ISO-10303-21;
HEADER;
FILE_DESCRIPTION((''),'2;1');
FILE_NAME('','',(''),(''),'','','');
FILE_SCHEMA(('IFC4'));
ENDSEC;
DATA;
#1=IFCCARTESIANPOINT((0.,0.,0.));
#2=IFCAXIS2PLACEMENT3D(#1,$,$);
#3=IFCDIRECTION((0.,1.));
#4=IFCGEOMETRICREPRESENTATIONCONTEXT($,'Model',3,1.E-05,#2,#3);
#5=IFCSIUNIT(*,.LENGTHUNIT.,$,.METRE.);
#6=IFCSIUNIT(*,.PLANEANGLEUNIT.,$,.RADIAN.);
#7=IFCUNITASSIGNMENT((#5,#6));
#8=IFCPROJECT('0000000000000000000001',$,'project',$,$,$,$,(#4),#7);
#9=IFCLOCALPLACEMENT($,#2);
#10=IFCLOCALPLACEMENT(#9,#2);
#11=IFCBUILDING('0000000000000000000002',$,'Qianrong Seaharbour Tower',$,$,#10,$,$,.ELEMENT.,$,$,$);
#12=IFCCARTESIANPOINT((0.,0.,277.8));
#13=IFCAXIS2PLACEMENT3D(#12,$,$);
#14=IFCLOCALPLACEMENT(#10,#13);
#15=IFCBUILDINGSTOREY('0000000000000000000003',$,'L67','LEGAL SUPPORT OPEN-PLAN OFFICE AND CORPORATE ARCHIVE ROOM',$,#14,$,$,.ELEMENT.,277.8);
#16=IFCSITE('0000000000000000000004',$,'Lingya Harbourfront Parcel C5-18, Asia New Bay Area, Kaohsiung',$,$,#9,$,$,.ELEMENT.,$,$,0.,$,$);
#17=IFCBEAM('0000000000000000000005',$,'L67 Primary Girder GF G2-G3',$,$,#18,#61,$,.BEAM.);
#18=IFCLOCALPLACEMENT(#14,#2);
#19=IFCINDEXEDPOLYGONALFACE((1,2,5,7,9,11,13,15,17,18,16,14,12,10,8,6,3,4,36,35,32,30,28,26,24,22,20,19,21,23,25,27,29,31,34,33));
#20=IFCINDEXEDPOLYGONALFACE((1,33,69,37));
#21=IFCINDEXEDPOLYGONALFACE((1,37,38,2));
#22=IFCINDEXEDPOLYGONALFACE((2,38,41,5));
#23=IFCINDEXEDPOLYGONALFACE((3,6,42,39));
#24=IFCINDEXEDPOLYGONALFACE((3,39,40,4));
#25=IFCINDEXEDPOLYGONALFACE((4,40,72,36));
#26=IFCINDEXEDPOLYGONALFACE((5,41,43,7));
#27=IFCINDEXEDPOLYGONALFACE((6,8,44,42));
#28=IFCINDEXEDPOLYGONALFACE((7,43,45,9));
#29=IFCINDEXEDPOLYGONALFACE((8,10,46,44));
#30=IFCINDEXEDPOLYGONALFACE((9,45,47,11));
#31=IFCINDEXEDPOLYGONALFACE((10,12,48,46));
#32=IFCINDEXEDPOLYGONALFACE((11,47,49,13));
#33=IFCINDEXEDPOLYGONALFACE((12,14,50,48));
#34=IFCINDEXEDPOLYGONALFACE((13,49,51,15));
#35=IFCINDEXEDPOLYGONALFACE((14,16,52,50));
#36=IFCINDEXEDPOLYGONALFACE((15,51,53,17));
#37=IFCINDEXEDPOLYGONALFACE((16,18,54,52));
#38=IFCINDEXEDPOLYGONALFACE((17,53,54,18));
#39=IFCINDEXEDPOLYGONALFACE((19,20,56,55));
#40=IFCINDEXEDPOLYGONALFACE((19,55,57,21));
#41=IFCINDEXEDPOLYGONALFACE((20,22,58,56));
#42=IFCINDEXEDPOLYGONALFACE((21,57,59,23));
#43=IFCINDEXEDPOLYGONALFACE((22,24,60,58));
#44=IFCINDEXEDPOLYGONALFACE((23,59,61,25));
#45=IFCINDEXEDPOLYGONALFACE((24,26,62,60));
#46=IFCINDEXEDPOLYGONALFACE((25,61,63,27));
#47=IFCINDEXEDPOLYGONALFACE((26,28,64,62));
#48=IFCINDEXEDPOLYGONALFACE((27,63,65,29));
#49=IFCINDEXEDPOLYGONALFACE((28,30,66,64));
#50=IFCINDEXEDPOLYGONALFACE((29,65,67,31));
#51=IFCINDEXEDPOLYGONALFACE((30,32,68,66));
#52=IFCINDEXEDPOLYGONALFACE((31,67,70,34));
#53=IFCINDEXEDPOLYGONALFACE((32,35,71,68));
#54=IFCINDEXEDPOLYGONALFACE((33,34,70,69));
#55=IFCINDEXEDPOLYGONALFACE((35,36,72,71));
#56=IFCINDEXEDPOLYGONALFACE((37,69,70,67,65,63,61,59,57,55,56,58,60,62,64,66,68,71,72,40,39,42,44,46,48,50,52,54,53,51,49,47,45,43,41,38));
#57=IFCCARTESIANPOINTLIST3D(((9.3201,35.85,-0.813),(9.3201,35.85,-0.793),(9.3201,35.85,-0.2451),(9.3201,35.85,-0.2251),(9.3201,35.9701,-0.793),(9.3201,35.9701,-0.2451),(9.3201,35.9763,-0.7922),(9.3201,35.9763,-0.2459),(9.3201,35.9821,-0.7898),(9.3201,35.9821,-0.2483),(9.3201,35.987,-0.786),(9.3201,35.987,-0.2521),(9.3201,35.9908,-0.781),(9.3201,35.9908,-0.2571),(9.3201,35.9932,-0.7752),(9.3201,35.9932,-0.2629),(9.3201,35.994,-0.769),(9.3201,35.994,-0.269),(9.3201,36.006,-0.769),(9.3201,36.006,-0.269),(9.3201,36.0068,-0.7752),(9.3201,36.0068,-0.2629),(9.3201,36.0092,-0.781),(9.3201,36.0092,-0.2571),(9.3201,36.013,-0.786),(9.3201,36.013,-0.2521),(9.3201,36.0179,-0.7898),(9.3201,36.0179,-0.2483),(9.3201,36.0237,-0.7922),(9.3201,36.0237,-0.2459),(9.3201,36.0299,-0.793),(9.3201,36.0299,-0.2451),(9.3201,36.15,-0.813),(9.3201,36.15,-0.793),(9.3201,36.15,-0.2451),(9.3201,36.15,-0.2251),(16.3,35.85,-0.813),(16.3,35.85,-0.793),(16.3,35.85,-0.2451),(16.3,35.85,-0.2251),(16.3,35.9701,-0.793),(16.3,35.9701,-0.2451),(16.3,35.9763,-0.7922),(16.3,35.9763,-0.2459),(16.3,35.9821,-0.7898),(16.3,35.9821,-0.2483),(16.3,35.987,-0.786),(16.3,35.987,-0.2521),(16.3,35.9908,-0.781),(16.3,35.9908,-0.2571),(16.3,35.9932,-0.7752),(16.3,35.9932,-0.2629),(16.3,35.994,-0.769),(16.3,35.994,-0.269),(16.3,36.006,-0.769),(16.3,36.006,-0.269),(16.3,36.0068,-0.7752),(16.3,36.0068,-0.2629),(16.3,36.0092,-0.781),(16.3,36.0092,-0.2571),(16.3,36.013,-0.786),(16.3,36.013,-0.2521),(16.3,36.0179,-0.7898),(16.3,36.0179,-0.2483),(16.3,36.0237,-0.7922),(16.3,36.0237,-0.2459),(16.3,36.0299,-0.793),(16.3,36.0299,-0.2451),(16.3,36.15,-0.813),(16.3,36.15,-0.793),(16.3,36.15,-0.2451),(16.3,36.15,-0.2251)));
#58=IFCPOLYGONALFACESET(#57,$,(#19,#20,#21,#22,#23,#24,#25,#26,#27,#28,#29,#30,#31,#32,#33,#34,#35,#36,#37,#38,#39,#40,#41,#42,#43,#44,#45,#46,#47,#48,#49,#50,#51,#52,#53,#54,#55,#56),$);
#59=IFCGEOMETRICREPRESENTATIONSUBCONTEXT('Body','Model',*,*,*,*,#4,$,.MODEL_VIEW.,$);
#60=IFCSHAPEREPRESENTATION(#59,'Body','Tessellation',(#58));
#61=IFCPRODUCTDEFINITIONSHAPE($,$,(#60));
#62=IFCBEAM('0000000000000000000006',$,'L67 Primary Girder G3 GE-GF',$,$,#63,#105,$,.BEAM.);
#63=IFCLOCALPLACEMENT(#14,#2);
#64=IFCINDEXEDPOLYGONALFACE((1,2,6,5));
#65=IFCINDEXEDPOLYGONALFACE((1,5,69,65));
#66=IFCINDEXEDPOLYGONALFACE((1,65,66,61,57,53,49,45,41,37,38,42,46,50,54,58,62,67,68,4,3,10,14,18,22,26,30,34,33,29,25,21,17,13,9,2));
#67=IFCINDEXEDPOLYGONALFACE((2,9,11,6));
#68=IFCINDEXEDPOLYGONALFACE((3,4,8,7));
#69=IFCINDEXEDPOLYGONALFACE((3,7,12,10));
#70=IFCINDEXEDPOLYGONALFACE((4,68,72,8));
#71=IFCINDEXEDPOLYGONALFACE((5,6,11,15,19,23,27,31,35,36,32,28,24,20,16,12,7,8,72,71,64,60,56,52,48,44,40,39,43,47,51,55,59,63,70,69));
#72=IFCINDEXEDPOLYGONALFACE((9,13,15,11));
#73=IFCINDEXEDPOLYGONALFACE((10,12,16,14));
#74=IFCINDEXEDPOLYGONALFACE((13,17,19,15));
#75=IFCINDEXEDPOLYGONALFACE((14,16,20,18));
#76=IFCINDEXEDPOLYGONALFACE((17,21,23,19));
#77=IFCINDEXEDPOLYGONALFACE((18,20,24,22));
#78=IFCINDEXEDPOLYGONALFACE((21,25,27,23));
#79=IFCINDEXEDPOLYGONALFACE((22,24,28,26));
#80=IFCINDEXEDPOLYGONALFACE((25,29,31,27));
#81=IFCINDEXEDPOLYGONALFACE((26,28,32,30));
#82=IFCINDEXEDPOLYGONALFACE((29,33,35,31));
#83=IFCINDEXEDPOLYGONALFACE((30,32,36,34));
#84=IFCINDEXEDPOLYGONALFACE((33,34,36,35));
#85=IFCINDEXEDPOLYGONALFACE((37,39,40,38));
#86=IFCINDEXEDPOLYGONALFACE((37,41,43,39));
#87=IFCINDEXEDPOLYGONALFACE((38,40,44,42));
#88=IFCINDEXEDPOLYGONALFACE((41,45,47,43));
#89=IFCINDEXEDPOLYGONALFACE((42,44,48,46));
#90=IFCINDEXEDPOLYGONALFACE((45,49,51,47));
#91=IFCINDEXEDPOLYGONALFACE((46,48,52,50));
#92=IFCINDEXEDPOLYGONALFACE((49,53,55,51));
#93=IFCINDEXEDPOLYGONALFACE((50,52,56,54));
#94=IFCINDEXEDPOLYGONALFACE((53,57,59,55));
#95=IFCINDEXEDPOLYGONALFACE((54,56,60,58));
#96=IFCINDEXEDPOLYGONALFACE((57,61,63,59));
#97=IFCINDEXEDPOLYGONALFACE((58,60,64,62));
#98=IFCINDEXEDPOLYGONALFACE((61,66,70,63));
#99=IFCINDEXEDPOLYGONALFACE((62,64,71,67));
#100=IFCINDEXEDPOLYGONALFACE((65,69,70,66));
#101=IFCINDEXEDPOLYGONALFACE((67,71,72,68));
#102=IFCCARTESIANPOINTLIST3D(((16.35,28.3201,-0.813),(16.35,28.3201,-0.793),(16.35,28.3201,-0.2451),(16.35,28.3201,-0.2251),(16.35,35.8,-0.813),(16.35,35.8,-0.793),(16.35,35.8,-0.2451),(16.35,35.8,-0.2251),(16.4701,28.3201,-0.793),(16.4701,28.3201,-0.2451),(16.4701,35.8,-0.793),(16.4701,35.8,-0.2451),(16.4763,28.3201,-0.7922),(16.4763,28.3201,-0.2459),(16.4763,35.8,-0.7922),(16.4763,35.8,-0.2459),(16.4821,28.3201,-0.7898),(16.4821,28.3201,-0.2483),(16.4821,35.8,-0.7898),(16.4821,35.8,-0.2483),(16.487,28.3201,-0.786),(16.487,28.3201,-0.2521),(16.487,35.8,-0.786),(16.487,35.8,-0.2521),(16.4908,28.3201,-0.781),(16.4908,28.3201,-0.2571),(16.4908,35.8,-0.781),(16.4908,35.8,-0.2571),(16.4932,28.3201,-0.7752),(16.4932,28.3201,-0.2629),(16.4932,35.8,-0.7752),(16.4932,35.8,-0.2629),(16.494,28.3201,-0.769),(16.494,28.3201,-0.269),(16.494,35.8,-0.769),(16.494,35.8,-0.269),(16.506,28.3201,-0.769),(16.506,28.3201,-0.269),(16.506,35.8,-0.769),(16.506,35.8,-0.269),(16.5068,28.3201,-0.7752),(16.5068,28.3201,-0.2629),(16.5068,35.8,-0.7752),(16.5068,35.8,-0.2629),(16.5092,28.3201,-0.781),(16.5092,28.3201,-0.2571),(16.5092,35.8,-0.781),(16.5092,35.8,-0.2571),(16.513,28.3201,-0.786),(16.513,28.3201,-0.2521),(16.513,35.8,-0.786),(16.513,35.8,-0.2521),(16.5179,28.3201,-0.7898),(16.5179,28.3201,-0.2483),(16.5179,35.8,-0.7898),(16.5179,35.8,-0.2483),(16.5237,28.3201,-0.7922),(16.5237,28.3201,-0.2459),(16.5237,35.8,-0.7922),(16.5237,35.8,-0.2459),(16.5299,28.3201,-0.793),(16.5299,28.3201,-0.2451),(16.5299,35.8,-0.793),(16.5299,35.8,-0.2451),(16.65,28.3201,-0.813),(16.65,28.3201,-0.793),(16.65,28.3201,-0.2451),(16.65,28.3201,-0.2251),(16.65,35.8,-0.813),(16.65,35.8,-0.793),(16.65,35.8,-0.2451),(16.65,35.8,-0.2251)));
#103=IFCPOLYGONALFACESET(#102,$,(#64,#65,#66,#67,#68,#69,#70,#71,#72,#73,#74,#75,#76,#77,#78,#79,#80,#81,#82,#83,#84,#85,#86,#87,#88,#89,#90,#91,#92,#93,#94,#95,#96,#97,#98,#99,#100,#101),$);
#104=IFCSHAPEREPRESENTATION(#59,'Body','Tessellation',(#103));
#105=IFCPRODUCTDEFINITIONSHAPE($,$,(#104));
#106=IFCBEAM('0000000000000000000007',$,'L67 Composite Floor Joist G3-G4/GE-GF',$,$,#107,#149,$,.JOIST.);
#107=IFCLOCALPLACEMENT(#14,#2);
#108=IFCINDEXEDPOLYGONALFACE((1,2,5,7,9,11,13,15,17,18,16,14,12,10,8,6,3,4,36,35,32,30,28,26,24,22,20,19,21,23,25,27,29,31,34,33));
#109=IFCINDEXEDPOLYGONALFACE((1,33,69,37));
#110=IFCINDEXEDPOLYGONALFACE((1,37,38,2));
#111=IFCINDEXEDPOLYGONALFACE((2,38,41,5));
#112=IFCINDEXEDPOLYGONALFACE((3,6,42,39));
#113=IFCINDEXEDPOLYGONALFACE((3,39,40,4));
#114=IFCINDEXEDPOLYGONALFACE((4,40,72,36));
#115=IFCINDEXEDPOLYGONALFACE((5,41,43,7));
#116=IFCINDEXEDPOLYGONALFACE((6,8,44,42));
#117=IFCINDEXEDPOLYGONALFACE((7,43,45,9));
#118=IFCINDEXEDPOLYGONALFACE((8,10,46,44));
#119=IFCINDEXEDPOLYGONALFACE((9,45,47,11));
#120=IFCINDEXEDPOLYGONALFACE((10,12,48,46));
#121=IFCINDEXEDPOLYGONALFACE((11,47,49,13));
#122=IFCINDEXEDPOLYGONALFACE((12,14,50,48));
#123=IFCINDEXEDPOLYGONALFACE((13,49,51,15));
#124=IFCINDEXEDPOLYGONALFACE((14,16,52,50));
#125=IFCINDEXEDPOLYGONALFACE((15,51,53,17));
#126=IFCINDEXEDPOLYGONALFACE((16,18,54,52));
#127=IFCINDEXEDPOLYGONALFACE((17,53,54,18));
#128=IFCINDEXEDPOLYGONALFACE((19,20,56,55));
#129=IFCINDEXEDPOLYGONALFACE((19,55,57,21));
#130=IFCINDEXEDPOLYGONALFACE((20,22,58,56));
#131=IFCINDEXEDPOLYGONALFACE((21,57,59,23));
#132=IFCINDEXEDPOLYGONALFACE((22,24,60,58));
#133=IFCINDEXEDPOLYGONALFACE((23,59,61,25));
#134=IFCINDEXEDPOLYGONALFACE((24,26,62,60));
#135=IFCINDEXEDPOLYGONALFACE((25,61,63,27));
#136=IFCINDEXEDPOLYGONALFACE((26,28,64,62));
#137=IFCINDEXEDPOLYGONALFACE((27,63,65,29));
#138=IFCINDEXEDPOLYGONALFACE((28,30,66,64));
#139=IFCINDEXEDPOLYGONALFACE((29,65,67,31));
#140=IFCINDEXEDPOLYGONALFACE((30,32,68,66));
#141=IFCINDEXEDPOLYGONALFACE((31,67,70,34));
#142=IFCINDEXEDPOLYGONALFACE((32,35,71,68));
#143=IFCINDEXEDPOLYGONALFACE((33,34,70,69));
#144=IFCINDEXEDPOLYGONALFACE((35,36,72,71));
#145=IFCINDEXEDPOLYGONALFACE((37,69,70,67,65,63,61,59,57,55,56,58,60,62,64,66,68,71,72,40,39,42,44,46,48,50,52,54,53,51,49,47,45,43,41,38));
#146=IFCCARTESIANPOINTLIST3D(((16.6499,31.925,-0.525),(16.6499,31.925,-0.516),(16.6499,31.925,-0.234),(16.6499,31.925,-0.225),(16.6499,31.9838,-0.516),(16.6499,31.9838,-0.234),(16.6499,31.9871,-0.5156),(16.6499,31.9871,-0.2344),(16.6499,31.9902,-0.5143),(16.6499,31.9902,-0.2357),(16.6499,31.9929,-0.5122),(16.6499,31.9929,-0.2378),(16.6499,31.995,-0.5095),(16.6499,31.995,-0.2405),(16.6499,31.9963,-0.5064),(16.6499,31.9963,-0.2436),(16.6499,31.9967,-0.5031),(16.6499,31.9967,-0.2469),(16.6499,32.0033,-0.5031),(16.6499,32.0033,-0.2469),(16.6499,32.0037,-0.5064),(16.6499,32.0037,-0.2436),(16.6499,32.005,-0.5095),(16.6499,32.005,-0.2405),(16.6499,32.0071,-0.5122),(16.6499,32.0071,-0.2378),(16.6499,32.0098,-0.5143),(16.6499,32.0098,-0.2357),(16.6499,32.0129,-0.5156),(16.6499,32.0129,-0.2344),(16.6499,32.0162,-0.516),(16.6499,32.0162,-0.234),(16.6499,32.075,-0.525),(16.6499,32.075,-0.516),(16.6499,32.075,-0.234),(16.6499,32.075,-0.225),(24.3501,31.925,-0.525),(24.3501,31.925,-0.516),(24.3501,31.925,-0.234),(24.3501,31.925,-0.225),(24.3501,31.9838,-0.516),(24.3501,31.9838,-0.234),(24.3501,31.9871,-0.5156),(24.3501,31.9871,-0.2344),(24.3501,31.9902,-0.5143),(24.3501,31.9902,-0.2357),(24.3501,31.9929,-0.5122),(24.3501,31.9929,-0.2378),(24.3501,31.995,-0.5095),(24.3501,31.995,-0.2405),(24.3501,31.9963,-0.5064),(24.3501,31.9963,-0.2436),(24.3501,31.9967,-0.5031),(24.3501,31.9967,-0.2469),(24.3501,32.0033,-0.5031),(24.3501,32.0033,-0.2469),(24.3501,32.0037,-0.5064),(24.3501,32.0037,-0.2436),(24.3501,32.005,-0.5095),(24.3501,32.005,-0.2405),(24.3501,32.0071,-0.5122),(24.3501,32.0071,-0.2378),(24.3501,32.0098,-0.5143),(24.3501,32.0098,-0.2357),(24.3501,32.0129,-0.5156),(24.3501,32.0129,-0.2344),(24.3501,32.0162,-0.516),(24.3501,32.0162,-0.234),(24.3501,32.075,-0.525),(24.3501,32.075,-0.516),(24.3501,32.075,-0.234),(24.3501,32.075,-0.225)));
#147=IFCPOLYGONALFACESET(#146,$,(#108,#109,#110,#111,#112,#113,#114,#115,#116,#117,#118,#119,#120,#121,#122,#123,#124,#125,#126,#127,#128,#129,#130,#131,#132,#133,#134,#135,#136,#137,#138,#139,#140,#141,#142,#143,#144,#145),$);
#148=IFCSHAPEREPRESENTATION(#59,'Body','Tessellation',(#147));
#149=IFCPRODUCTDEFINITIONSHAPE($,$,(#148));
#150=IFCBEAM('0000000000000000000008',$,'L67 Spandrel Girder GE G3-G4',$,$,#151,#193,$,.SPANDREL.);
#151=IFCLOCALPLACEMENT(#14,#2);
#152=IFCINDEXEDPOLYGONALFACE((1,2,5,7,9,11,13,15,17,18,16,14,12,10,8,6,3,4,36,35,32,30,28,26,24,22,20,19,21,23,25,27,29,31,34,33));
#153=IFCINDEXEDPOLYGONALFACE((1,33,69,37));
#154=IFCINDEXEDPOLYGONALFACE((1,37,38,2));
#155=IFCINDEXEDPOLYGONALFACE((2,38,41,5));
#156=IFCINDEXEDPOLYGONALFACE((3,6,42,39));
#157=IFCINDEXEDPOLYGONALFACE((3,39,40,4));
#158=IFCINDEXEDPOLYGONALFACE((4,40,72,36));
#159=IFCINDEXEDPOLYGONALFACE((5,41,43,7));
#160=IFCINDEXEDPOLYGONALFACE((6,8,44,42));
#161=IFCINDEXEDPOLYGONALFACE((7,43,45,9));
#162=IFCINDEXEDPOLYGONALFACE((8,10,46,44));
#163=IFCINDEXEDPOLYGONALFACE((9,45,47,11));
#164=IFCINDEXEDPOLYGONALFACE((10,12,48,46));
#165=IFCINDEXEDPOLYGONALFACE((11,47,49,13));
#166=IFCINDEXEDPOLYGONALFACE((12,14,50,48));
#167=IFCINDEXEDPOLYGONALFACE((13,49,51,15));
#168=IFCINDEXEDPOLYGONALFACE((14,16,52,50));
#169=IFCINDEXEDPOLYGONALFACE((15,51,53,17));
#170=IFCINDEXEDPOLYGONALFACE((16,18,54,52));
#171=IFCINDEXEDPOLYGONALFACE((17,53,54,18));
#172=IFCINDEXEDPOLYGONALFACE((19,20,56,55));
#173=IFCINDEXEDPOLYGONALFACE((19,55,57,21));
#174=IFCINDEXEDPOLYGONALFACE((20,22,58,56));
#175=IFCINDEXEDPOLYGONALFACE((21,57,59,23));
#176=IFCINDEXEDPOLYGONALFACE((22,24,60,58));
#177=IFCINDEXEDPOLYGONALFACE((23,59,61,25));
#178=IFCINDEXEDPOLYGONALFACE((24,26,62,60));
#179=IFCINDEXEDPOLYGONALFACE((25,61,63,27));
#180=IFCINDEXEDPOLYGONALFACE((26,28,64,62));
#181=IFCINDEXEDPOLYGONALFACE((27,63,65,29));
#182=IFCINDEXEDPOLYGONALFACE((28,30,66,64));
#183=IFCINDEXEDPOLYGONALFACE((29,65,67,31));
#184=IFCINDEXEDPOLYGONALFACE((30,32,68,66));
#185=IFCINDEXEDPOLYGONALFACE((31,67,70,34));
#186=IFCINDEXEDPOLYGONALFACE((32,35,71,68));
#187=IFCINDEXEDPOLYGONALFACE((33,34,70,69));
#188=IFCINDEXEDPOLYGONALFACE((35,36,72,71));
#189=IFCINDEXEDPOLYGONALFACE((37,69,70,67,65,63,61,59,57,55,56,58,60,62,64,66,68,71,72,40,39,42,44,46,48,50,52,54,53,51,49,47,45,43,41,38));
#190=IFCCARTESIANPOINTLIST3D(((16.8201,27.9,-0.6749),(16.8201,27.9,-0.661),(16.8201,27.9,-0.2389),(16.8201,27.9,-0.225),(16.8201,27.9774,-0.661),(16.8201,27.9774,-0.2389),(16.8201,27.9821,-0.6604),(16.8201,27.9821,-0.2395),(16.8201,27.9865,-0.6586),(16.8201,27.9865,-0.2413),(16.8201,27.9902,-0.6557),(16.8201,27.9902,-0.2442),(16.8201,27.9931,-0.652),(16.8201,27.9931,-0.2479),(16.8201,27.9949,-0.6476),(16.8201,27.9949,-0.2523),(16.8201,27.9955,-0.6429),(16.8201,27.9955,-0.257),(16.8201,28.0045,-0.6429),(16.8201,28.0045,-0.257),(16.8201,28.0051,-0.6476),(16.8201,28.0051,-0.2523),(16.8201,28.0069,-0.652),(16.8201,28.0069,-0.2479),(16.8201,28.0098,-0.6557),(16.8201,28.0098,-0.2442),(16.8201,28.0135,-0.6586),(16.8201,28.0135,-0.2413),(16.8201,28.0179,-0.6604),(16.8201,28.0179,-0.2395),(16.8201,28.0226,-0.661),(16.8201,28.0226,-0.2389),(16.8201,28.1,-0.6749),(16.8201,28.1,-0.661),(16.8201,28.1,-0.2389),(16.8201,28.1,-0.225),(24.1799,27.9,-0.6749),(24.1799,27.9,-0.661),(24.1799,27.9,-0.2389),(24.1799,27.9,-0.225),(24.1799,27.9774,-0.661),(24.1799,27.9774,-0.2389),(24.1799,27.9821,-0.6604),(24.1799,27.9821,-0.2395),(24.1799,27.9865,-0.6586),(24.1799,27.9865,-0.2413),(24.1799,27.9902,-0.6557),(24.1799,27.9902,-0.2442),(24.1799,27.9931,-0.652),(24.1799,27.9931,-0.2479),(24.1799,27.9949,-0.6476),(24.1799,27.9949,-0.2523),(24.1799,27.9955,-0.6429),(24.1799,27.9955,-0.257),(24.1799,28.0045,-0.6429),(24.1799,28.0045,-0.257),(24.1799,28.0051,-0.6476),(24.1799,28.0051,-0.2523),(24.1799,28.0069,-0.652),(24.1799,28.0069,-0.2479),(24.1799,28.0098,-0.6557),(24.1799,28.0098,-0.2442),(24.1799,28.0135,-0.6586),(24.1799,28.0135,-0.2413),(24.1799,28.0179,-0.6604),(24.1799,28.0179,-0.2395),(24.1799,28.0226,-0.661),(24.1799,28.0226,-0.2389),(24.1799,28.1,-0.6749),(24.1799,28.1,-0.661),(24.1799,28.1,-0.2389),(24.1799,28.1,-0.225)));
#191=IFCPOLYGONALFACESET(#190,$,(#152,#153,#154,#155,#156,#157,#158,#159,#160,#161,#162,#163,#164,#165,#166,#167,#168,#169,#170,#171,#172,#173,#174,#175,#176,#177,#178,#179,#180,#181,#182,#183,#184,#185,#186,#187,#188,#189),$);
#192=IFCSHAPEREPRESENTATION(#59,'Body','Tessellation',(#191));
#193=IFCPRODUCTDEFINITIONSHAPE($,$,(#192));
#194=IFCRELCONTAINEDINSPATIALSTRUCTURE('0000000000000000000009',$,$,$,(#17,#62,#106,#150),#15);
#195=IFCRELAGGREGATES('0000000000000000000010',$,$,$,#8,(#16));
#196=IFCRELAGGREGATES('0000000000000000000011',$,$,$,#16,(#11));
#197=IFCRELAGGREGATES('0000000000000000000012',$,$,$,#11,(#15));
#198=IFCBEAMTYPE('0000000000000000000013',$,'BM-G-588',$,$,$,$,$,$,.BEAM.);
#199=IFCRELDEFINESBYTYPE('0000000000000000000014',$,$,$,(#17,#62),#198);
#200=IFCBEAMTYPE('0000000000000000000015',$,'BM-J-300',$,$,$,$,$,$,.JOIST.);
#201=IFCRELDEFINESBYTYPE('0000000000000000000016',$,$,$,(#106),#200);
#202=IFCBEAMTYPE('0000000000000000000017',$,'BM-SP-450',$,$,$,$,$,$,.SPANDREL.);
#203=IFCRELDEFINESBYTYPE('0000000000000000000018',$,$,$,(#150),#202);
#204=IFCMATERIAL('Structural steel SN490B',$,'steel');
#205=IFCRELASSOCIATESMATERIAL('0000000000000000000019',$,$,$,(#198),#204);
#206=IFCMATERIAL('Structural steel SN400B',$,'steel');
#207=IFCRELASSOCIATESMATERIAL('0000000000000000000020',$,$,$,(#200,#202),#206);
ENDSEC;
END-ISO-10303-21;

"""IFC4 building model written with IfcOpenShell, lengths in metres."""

from ifc_helpers import new_model, si_unit, direction, frame, origin, origin_2d, place, context, subcontext, project, spatial, i_section, extrude, material, material_profile, profile_set, type_object, element, save


model = new_model("IFC4")

# Units and contexts
model_context = context("Model", 3, precision=1e-05, world=origin(), true_north=direction((0.0, 1.0)))
body_context = subcontext(model_context, "Body", "Model", "MODEL_VIEW")
ifc_project = project(units=[si_unit("LENGTHUNIT", "METRE"), si_unit("PLANEANGLEUNIT", "RADIAN")], contexts=[model_context])

# Site, building, storey
site_placement = place(None, origin())
site = spatial("IfcSite", under=ifc_project, at=site_placement, Name="Lingya Harbourfront Parcel C5-18, Asia New Bay Area, Kaohsiung", CompositionType="ELEMENT", RefElevation=0.0)
building_placement = place(site_placement, origin())
building = spatial("IfcBuilding", under=site, at=building_placement, Name="Qianrong Seaharbour Tower", CompositionType="ELEMENT")
storey_placement = place(building_placement, frame((0.0, 0.0, 277.8)))
storey = spatial("IfcBuildingStorey", under=building, at=storey_placement, Name="L67", Description="LEGAL SUPPORT OPEN-PLAN OFFICE AND CORPORATE ARCHIVE ROOM", CompositionType="ELEMENT", Elevation=277.8)

# Shared definitions
ifc_material_1 = material(Name="Structural steel SN490B", Category="steel")

# Beams
ifc_material_profile_1 = material_profile(ifc_material_1, i_section(OverallWidth=0.3, OverallDepth=0.5879, WebThickness=0.012, FlangeThickness=0.02, FilletRadius=0.0239, at=origin_2d()), Name="H588x300x12x20")
ifc_profile_set_1 = profile_set([ifc_material_profile_1], Name="Structural steel SN490B")
beam_type_1 = type_object("IfcBeamType", Name="BM-G-588", PredefinedType="BEAM", material=ifc_profile_set_1)
beam_1_placement = place(storey_placement, frame((9.3201, 36.0, -0.519), z_axis=(1.0, 0.0, 0.0), x_axis=(0.0, 1.0, 0.0)))
element("IfcBeam", 1, at=beam_1_placement, inside=storey, type_object=beam_type_1, Name="L67 Primary Girder GF G2-G3", PredefinedType="BEAM", context=body_context, shape_type="SweptSolid", body=[
    extrude(i_section(OverallWidth=0.3, OverallDepth=0.5879, WebThickness=0.012, FlangeThickness=0.02, FilletRadius=0.0239, at=origin_2d()), origin(), (0.0, 0.0, 1.0), 6.98),
])
beam_2_placement = place(storey_placement, frame((16.5, 28.3201, -0.519), z_axis=(0.0, 1.0, 0.0), x_axis=(-1.0, 0.0, 0.0)))
element("IfcBeam", 2, at=beam_2_placement, inside=storey, type_object=beam_type_1, Name="L67 Primary Girder G3 GE-GF", PredefinedType="BEAM", context=body_context, shape_type="SweptSolid", body=[
    extrude(i_section(OverallWidth=0.3, OverallDepth=0.5879, WebThickness=0.012, FlangeThickness=0.02, FilletRadius=0.0239, at=origin_2d()), origin(), (0.0, 0.0, 1.0), 7.48),
])
ifc_material_2 = material(Name="Structural steel SN400B", Category="steel")
ifc_material_profile_2 = material_profile(ifc_material_2, i_section(OverallWidth=0.1499, OverallDepth=0.3, WebThickness=0.0066, FlangeThickness=0.009, FilletRadius=0.0129, at=origin_2d()), Name="H300x150x6.5x9")
ifc_profile_set_2 = profile_set([ifc_material_profile_2], Name="Structural steel SN400B")
beam_type_2 = type_object("IfcBeamType", Name="BM-J-300", PredefinedType="JOIST", material=ifc_profile_set_2)
beam_3_placement = place(storey_placement, frame((16.6499, 32.0, -0.375), z_axis=(1.0, 0.0, 0.0), x_axis=(0.0, 1.0, 0.0)))
element("IfcBeam", 3, at=beam_3_placement, inside=storey, type_object=beam_type_2, Name="L67 Composite Floor Joist G3-G4/GE-GF", PredefinedType="JOIST", context=body_context, shape_type="SweptSolid", body=[
    extrude(i_section(OverallWidth=0.1499, OverallDepth=0.3, WebThickness=0.0066, FlangeThickness=0.009, FilletRadius=0.0129, at=origin_2d()), origin(), (0.0, 0.0, 1.0), 7.7002),
])
ifc_material_profile_3 = material_profile(ifc_material_2, i_section(OverallWidth=0.2, OverallDepth=0.45, WebThickness=0.009, FlangeThickness=0.0139, FilletRadius=0.0181, at=origin_2d()), Name="H450x200x9x14")
ifc_profile_set_3 = profile_set([ifc_material_profile_3], Name="Structural steel SN400B")
beam_type_3 = type_object("IfcBeamType", Name="BM-SP-450", PredefinedType="SPANDREL", material=ifc_profile_set_3)
beam_4_placement = place(storey_placement, frame((16.8201, 28.0, -0.45), z_axis=(1.0, 0.0, 0.0), x_axis=(0.0, 1.0, 0.0)))
element("IfcBeam", 4, at=beam_4_placement, inside=storey, type_object=beam_type_3, Name="L67 Spandrel Girder GE G3-G4", PredefinedType="SPANDREL", context=body_context, shape_type="SweptSolid", body=[
    extrude(i_section(OverallWidth=0.2, OverallDepth=0.45, WebThickness=0.009, FlangeThickness=0.0139, FilletRadius=0.0181, at=origin_2d()), origin(), (0.0, 0.0, 1.0), 7.3599),
])

save(model, "model.ifc")
